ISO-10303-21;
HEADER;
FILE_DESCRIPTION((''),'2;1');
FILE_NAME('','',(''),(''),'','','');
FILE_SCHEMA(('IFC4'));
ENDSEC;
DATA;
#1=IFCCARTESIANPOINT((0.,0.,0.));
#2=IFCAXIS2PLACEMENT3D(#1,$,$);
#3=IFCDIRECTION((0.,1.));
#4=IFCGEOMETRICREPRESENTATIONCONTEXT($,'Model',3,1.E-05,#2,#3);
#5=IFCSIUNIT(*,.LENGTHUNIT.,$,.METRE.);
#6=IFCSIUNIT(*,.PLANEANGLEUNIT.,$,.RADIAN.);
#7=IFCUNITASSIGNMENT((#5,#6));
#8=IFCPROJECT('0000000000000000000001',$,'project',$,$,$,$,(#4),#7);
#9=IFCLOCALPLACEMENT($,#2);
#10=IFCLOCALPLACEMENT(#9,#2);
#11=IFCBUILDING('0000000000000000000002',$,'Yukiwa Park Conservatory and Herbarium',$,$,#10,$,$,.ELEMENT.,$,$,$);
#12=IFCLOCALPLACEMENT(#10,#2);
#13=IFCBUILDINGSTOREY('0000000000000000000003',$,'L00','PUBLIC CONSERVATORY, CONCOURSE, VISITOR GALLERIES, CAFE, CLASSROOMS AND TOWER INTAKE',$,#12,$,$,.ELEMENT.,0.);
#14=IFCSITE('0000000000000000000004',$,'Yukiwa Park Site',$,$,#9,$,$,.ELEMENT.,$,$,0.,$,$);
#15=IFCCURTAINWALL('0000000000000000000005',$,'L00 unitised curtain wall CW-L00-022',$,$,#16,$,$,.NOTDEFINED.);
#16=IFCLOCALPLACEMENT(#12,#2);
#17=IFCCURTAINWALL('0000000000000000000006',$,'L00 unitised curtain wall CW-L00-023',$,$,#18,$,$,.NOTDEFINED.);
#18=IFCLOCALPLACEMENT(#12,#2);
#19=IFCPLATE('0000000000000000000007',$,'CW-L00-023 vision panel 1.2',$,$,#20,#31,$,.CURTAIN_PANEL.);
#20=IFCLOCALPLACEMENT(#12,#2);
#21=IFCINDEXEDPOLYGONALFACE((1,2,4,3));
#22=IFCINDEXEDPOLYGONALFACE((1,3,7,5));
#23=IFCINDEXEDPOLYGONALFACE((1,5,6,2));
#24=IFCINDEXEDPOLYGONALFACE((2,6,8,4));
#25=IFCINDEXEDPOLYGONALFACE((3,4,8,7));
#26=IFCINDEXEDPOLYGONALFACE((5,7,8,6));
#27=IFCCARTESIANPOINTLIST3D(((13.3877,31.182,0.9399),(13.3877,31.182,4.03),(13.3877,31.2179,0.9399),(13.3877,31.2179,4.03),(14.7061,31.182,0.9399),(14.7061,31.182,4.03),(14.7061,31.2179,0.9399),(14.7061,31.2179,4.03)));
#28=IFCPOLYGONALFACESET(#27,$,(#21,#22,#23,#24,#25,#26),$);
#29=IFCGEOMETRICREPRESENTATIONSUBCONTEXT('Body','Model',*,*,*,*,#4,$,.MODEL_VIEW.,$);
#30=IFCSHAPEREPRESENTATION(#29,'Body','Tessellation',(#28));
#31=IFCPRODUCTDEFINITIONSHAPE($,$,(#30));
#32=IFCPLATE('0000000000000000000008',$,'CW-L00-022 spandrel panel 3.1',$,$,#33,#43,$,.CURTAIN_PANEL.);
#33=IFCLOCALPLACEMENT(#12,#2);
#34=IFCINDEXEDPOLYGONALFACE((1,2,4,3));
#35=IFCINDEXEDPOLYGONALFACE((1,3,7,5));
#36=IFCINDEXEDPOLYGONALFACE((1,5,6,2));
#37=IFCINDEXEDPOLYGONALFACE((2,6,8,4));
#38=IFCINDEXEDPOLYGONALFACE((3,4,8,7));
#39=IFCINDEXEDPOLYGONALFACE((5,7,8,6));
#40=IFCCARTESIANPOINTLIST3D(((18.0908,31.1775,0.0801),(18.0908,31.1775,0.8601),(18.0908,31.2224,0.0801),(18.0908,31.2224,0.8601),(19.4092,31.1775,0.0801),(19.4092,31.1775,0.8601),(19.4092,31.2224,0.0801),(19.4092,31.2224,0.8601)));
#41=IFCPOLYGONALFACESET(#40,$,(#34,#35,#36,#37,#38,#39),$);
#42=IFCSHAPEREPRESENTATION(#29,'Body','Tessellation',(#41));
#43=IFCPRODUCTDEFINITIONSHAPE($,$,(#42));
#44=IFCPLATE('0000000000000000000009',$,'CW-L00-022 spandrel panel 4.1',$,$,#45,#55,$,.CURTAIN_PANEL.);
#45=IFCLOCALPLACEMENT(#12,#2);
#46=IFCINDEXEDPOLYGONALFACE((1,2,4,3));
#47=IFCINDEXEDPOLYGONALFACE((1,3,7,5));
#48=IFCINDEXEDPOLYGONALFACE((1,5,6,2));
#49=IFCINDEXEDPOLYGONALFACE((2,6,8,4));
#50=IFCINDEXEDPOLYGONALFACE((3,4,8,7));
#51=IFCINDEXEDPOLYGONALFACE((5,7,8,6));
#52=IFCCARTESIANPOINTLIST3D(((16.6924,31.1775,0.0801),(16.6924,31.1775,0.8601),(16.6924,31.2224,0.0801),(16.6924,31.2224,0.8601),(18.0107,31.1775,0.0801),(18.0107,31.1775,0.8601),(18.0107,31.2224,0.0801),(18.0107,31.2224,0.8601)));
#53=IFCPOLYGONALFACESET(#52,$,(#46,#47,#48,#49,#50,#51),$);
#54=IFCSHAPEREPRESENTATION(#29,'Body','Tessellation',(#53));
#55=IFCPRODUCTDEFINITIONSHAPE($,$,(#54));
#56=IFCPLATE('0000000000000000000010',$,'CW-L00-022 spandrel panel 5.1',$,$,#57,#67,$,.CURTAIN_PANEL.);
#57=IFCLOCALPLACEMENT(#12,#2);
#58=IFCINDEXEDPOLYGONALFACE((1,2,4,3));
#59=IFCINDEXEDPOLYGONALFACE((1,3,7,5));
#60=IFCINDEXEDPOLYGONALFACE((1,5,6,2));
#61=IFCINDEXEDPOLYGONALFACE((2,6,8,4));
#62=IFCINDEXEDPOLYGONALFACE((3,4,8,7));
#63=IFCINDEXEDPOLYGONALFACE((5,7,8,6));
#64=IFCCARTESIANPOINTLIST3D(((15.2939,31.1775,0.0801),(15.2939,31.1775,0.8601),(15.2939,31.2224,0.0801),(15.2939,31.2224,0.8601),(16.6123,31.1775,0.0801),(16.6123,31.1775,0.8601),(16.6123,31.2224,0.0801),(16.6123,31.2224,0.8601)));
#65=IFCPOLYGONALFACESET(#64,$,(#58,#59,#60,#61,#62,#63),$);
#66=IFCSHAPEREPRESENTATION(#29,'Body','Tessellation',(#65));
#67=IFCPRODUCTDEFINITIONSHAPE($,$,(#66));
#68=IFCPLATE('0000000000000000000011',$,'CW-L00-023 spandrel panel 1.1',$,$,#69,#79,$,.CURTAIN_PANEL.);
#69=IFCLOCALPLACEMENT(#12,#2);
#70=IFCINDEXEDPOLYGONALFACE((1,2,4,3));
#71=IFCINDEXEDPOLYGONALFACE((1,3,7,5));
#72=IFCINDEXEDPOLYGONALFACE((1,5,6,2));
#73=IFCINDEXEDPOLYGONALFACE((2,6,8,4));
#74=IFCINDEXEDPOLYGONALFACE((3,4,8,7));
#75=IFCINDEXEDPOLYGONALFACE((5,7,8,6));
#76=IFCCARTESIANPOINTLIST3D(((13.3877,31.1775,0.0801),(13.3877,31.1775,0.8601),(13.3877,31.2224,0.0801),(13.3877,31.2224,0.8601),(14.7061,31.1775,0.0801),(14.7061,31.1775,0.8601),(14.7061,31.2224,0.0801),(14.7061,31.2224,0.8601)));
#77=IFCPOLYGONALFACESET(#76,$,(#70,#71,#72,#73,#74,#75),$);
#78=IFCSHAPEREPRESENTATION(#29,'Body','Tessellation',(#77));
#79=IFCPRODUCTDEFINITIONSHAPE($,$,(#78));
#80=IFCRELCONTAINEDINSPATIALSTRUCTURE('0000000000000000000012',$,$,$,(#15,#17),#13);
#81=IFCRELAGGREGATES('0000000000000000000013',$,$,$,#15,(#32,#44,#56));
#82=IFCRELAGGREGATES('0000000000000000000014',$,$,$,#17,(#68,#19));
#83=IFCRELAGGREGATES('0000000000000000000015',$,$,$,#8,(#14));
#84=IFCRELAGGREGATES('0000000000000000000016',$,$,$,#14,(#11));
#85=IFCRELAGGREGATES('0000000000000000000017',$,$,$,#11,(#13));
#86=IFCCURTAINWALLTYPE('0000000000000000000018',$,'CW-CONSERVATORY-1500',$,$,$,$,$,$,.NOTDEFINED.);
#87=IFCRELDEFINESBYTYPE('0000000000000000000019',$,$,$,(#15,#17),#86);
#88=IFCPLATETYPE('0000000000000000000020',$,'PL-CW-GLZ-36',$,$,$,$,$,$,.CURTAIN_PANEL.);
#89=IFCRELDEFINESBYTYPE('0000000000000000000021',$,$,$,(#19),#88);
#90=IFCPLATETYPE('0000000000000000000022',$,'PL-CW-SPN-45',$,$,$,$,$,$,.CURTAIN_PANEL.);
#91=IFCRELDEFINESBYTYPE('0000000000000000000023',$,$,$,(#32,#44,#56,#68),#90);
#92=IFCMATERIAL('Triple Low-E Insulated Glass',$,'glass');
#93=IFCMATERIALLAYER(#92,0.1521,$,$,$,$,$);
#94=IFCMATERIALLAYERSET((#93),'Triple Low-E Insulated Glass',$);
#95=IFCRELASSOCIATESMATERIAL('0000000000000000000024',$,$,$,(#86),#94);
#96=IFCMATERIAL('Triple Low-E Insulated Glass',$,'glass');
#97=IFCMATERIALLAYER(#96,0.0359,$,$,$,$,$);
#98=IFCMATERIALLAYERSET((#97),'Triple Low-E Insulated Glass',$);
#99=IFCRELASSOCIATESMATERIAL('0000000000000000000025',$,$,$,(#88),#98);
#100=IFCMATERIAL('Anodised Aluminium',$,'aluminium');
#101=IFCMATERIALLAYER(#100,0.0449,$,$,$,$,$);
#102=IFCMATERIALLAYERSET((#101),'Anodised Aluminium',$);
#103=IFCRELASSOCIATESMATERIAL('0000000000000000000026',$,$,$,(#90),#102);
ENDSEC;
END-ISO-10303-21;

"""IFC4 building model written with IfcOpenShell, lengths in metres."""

from ifc_helpers import new_model, si_unit, direction, frame, origin, origin_2d, place, context, subcontext, project, spatial, rectangle, extrude, material, layer, layer_set, type_object, element, aggregate, save


model = new_model("IFC4")

# Units and contexts
model_context = context("Model", 3, precision=1e-05, world=origin(), true_north=direction((0.0, 1.0)))
body_context = subcontext(model_context, "Body", "Model", "MODEL_VIEW")
ifc_project = project(units=[si_unit("LENGTHUNIT", "METRE"), si_unit("PLANEANGLEUNIT", "RADIAN")], contexts=[model_context])

# Site, building, storey
site_placement = place(None, origin())
site = spatial("IfcSite", under=ifc_project, at=site_placement, Name="Yukiwa Park Site", CompositionType="ELEMENT", RefElevation=0.0)
building_placement = place(site_placement, origin())
building = spatial("IfcBuilding", under=site, at=building_placement, Name="Yukiwa Park Conservatory and Herbarium", CompositionType="ELEMENT")
storey_placement = place(building_placement, origin())
storey = spatial("IfcBuildingStorey", under=building, at=storey_placement, Name="L00", Description="PUBLIC CONSERVATORY, CONCOURSE, VISITOR GALLERIES, CAFE, CLASSROOMS AND TOWER INTAKE", CompositionType="ELEMENT", Elevation=0.0)

# Curtain walls
ifc_material_1 = material(Name="Triple Low-E Insulated Glass", Category="glass")
ifc_layer_1 = layer(ifc_material_1, 0.1521)
ifc_layer_set_1 = layer_set([ifc_layer_1], Name="Triple Low-E Insulated Glass")
curtain_wall_type = type_object("IfcCurtainWallType", Name="CW-CONSERVATORY-1500", PredefinedType="NOTDEFINED", material=ifc_layer_set_1)
curtain_wall_1_placement = place(storey_placement, origin())
curtain_wall_1 = element("IfcCurtainWall", 1, at=curtain_wall_1_placement, inside=storey, type_object=curtain_wall_type, Name="L00 unitised curtain wall CW-L00-022", PredefinedType="NOTDEFINED")
curtain_wall_2_placement = place(storey_placement, origin())
curtain_wall_2 = element("IfcCurtainWall", 2, at=curtain_wall_2_placement, inside=storey, type_object=curtain_wall_type, Name="L00 unitised curtain wall CW-L00-023", PredefinedType="NOTDEFINED")

# Plates
ifc_material_2 = material(Name="Triple Low-E Insulated Glass", Category="glass")
ifc_layer_2 = layer(ifc_material_2, 0.0359)
ifc_layer_set_2 = layer_set([ifc_layer_2], Name="Triple Low-E Insulated Glass")
plate_type_1 = type_object("IfcPlateType", Name="PL-CW-GLZ-36", PredefinedType="CURTAIN_PANEL", material=ifc_layer_set_2)
plate_1_placement = place(storey_placement, frame((14.0469, 31.2, 0.9399), z_axis=(0.0, 0.0, 1.0), x_axis=(-1.0, 0.0, 0.0)))
plate_1 = element("IfcPlate", 3, at=plate_1_placement, type_object=plate_type_1, Name="CW-L00-023 vision panel 1.2", PredefinedType="CURTAIN_PANEL", context=body_context, shape_type="SweptSolid", body=[
    extrude(rectangle(XDim=1.3184, YDim=0.0359, at=origin_2d()), origin(), (0.0, 0.0, 1.0), 3.0901),
])
ifc_material_3 = material(Name="Anodised Aluminium", Category="aluminium")
ifc_layer_3 = layer(ifc_material_3, 0.0449)
ifc_layer_set_3 = layer_set([ifc_layer_3], Name="Anodised Aluminium")
plate_type_2 = type_object("IfcPlateType", Name="PL-CW-SPN-45", PredefinedType="CURTAIN_PANEL", material=ifc_layer_set_3)
plate_2_placement = place(storey_placement, frame((18.75, 31.2, 0.0801), z_axis=(0.0, 0.0, 1.0), x_axis=(-1.0, 0.0, 0.0)))
plate_2 = element("IfcPlate", 4, at=plate_2_placement, type_object=plate_type_2, Name="CW-L00-022 spandrel panel 3.1", PredefinedType="CURTAIN_PANEL", context=body_context, shape_type="SweptSolid", body=[
    extrude(rectangle(XDim=1.3184, YDim=0.0449, at=origin_2d()), origin(), (0.0, 0.0, 1.0), 0.78),
])
plate_3_placement = place(storey_placement, frame((17.3516, 31.2, 0.0801), z_axis=(0.0, 0.0, 1.0), x_axis=(-1.0, 0.0, 0.0)))
plate_3 = element("IfcPlate", 5, at=plate_3_placement, type_object=plate_type_2, Name="CW-L00-022 spandrel panel 4.1", PredefinedType="CURTAIN_PANEL", context=body_context, shape_type="SweptSolid", body=[
    extrude(rectangle(XDim=1.3184, YDim=0.0449, at=origin_2d()), origin(), (0.0, 0.0, 1.0), 0.78),
])
plate_4_placement = place(storey_placement, frame((15.9531, 31.2, 0.0801), z_axis=(0.0, 0.0, 1.0), x_axis=(-1.0, 0.0, 0.0)))
plate_4 = element("IfcPlate", 6, at=plate_4_placement, type_object=plate_type_2, Name="CW-L00-022 spandrel panel 5.1", PredefinedType="CURTAIN_PANEL", context=body_context, shape_type="SweptSolid", body=[
    extrude(rectangle(XDim=1.3184, YDim=0.0449, at=origin_2d()), origin(), (0.0, 0.0, 1.0), 0.78),
])
aggregate(curtain_wall_1, [plate_2, plate_3, plate_4])
plate_5_placement = place(storey_placement, frame((14.0469, 31.2, 0.0801), z_axis=(0.0, 0.0, 1.0), x_axis=(-1.0, 0.0, 0.0)))
plate_5 = element("IfcPlate", 7, at=plate_5_placement, type_object=plate_type_2, Name="CW-L00-023 spandrel panel 1.1", PredefinedType="CURTAIN_PANEL", context=body_context, shape_type="SweptSolid", body=[
    extrude(rectangle(XDim=1.3184, YDim=0.0449, at=origin_2d()), origin(), (0.0, 0.0, 1.0), 0.78),
])
aggregate(curtain_wall_2, [plate_5, plate_1])

save(model, "model.ifc")
